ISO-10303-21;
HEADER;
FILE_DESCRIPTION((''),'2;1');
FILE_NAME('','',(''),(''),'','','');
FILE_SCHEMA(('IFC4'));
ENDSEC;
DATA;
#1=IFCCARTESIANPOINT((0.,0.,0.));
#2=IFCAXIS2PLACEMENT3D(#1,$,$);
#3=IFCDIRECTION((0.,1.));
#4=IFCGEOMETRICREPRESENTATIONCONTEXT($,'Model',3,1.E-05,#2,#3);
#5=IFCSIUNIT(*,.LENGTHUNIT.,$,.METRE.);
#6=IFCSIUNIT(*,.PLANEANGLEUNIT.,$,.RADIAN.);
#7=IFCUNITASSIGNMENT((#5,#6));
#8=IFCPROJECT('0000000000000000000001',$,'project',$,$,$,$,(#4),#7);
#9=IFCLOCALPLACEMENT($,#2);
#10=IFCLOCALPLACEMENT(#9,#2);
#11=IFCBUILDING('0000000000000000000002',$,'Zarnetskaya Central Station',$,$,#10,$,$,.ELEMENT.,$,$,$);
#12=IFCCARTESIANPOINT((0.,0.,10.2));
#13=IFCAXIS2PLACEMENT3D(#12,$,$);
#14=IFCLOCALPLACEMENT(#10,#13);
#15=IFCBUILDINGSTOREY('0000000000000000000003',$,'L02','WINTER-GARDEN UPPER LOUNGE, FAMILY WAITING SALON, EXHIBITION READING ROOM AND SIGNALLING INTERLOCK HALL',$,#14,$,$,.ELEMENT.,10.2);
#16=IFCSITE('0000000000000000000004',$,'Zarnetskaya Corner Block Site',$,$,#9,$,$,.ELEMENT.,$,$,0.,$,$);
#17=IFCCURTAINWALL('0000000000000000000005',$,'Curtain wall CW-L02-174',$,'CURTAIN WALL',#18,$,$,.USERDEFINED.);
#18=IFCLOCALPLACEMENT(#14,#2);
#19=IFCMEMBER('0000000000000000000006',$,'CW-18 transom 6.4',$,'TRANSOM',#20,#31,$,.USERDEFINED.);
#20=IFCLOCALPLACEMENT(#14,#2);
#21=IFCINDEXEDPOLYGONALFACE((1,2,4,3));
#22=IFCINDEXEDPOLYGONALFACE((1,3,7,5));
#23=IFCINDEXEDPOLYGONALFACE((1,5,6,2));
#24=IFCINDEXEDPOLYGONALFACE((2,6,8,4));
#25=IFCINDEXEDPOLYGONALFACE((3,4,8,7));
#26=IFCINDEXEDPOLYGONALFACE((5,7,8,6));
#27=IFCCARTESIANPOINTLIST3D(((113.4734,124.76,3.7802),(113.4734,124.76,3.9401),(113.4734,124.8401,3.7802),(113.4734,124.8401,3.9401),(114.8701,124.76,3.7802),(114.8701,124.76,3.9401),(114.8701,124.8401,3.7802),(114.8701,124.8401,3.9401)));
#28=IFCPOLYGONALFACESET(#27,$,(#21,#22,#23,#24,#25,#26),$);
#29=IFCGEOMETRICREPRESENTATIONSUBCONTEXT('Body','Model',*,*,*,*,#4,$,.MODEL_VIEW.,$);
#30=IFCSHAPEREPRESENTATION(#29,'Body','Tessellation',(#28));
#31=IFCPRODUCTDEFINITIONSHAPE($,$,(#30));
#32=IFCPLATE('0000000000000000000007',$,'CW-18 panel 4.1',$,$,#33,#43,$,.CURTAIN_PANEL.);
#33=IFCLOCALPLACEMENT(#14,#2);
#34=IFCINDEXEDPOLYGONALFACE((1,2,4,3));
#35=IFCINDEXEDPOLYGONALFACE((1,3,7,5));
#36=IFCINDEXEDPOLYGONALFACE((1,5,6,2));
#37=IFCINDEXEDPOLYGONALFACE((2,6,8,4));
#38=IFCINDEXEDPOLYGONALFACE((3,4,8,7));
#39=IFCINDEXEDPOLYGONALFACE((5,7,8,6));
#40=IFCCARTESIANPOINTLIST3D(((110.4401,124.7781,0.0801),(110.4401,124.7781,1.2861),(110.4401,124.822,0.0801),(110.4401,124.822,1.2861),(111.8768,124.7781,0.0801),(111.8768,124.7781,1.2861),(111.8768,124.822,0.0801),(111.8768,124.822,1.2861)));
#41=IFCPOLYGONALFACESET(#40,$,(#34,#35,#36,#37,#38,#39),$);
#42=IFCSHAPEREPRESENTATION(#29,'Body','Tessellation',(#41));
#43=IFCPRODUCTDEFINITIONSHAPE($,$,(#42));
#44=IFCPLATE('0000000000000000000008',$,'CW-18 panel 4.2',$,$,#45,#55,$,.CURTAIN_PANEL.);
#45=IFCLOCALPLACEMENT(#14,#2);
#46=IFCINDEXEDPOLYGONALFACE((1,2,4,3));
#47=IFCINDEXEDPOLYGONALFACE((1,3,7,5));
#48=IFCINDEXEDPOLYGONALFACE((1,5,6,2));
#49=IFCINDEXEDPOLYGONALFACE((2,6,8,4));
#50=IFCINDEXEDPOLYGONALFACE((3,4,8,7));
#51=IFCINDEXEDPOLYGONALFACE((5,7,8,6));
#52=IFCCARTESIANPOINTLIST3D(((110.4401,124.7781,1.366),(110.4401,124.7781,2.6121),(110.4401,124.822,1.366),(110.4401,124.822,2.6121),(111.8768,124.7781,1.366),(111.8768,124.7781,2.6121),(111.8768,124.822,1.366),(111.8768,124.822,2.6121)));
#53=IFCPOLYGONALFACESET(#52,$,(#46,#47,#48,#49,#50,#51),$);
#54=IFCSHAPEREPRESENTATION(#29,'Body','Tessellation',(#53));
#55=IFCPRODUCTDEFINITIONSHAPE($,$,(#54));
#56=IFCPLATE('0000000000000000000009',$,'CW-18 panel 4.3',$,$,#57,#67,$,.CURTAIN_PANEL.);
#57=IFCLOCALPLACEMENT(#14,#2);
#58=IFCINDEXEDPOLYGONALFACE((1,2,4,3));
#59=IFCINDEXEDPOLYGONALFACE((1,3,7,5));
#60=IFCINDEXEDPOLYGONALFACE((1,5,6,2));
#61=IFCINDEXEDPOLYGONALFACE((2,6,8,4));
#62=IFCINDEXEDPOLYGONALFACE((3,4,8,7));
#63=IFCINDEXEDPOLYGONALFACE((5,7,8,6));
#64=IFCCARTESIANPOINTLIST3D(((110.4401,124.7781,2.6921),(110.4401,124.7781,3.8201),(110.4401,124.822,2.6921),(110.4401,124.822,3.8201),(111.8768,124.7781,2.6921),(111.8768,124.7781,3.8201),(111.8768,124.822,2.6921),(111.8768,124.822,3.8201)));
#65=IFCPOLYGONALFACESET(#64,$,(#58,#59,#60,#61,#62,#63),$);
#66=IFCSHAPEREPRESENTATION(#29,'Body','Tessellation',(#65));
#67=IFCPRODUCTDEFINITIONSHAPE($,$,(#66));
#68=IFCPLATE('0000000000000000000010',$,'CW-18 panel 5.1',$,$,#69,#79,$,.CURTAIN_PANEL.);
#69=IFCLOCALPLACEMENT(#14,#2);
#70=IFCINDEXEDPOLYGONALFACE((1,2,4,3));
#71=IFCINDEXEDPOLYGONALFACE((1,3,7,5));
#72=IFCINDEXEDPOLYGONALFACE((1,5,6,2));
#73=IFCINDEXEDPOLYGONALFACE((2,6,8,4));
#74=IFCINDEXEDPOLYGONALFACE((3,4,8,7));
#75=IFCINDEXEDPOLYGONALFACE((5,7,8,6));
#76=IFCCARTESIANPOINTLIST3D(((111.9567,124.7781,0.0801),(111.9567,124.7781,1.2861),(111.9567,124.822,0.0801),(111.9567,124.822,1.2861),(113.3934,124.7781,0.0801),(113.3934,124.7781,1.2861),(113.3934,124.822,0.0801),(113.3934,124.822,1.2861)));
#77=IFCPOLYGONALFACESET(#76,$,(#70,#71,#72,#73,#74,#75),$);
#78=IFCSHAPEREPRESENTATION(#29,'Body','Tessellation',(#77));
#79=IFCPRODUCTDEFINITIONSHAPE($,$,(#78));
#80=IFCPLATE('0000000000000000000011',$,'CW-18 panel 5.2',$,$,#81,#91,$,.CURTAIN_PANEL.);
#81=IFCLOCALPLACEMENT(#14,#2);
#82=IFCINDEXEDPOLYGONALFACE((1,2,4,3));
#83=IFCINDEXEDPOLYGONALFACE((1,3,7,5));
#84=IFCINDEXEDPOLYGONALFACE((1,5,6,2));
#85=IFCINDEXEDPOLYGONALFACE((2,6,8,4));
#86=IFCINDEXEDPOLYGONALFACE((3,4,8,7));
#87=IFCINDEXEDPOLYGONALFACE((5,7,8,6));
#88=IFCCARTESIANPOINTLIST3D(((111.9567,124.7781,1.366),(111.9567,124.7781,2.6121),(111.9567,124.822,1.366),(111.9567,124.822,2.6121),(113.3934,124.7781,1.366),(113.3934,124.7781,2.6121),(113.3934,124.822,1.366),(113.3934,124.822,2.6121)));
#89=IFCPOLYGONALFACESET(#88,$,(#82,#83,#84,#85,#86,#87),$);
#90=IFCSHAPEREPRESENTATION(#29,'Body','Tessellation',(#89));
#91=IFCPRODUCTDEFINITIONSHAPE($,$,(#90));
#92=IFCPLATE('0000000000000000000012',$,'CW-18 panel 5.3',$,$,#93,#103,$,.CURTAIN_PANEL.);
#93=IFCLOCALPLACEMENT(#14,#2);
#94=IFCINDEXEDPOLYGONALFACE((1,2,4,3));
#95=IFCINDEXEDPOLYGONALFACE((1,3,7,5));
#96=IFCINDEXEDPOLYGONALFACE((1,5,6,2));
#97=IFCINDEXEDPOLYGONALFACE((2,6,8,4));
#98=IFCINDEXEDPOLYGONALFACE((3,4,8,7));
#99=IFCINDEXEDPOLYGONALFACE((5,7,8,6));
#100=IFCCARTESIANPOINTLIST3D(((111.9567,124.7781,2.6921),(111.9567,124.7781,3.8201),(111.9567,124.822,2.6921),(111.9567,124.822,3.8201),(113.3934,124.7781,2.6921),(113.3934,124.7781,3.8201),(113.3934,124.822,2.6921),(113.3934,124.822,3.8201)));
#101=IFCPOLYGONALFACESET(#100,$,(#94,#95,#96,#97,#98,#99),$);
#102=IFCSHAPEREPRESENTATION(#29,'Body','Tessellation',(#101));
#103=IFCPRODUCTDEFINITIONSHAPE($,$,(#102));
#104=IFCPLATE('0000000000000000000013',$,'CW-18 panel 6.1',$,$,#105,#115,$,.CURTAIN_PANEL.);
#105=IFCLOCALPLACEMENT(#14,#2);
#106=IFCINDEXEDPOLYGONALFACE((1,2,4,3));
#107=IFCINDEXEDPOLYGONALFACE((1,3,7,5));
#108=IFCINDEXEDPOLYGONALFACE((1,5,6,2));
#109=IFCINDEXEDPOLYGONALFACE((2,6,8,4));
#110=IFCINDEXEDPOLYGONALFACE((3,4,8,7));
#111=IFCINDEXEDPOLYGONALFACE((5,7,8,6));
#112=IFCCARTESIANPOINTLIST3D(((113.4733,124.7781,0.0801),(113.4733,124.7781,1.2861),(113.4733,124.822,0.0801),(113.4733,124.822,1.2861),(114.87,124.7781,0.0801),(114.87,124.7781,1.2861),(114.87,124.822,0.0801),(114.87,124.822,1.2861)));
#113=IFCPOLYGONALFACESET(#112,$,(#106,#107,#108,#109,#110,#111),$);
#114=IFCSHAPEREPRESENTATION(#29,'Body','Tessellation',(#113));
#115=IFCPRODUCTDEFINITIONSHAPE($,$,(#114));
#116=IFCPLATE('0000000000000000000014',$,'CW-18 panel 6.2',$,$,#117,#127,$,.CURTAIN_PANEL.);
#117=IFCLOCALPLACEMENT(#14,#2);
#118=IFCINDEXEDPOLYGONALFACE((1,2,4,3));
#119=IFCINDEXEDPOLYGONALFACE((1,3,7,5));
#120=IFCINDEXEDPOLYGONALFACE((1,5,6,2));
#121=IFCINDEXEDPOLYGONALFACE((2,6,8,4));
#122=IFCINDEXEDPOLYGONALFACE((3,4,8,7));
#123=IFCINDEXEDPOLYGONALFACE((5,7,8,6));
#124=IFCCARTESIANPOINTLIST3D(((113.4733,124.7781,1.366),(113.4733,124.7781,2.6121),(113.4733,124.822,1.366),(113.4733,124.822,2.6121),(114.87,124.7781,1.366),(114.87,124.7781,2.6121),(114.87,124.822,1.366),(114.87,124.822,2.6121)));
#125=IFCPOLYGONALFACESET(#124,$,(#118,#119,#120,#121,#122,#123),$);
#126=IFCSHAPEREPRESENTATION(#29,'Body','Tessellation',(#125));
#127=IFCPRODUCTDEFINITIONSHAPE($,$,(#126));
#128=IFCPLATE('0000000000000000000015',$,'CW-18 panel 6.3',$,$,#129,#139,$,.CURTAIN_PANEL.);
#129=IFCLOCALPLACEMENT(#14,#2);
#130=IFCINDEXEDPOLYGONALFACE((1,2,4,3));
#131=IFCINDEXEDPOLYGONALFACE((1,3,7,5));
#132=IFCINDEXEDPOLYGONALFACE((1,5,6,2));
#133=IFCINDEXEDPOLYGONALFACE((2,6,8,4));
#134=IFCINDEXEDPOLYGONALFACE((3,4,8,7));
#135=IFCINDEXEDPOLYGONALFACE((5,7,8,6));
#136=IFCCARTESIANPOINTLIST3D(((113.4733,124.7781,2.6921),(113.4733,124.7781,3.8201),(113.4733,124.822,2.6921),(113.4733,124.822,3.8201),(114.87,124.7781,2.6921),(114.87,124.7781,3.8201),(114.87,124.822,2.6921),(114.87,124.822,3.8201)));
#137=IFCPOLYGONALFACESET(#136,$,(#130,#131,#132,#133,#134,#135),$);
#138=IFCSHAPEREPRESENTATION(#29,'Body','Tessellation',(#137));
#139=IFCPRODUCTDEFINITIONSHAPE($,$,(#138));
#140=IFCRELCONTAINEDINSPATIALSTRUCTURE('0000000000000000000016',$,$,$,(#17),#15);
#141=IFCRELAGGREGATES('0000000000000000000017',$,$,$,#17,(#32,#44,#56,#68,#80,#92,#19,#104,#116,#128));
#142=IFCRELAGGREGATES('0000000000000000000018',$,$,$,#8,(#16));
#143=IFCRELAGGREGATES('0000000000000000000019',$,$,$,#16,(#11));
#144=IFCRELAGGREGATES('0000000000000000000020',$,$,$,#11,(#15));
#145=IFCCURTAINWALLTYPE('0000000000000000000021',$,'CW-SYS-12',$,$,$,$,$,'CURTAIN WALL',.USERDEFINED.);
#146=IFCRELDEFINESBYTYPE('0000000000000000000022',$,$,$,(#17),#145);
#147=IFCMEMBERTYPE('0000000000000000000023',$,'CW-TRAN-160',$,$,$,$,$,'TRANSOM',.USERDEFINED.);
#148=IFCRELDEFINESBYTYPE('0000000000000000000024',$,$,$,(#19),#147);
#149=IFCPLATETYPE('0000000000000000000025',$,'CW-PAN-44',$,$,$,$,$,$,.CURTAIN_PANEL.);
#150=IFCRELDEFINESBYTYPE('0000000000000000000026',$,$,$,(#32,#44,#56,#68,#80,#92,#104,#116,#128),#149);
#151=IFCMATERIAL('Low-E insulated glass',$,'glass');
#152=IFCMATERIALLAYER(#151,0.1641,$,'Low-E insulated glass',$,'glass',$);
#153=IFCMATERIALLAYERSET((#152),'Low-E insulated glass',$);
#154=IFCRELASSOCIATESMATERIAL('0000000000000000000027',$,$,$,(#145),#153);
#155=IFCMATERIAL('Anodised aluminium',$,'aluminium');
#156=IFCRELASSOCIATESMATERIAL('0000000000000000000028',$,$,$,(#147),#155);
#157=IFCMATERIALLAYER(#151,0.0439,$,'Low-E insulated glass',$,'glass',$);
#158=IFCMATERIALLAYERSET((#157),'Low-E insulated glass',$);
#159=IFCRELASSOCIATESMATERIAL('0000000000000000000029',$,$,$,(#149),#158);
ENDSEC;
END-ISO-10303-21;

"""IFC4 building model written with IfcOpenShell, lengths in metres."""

from ifc_helpers import new_model, si_unit, direction, frame, origin, origin_2d, place, context, subcontext, project, spatial, rectangle, extrude, material, layer, layer_set, material_profile, profile_set, type_object, element, aggregate, save


model = new_model("IFC4")

# Units and contexts
model_context = context("Model", 3, precision=1e-05, world=origin(), true_north=direction((0.0, 1.0)))
body_context = subcontext(model_context, "Body", "Model", "MODEL_VIEW")
ifc_project = project(units=[si_unit("LENGTHUNIT", "METRE"), si_unit("PLANEANGLEUNIT", "RADIAN")], contexts=[model_context])

# Site, building, storey
site_placement = place(None, origin())
site = spatial("IfcSite", under=ifc_project, at=site_placement, Name="Zarnetskaya Corner Block Site", CompositionType="ELEMENT", RefElevation=0.0)
building_placement = place(site_placement, origin())
building = spatial("IfcBuilding", under=site, at=building_placement, Name="Zarnetskaya Central Station", CompositionType="ELEMENT")
storey_placement = place(building_placement, frame((0.0, 0.0, 10.2)))
storey = spatial("IfcBuildingStorey", under=building, at=storey_placement, Name="L02", Description="WINTER-GARDEN UPPER LOUNGE, FAMILY WAITING SALON, EXHIBITION READING ROOM AND SIGNALLING INTERLOCK HALL", CompositionType="ELEMENT", Elevation=10.2)

# Curtain wall, member, plates
ifc_material_1 = material(Name="Low-E insulated glass", Category="glass")
ifc_layer_1 = layer(ifc_material_1, 0.1641, Name="Low-E insulated glass", Category="glass")
ifc_layer_set_1 = layer_set([ifc_layer_1], Name="Low-E insulated glass")
curtain_wall_type = type_object("IfcCurtainWallType", Name="CW-SYS-12", ElementType="CURTAIN WALL", PredefinedType="USERDEFINED", material=ifc_layer_set_1)
curtain_wall_placement = place(storey_placement, origin())
curtain_wall = element("IfcCurtainWall", 1, at=curtain_wall_placement, inside=storey, type_object=curtain_wall_type, Name="Curtain wall CW-L02-174", ObjectType="CURTAIN WALL", PredefinedType="USERDEFINED")
ifc_material_2 = material(Name="Anodised aluminium", Category="aluminium")
ifc_material_profile_1 = material_profile(ifc_material_2, rectangle(XDim=0.0801, YDim=0.1599, at=origin_2d()), Name="ALU TRAN 80x160")
ifc_profile_set_1 = profile_set([ifc_material_profile_1], Name="Anodised aluminium")
member_type_1 = type_object("IfcMemberType", Name="CW-TRAN-160", ElementType="TRANSOM", PredefinedType="USERDEFINED", material=ifc_profile_set_1)
member_1_placement = place(storey_placement, frame((113.4734, 124.8, 3.8601), z_axis=(1.0, 0.0, 0.0), x_axis=(0.0, 1.0, 0.0)))
member_1 = element("IfcMember", 2, at=member_1_placement, type_object=member_type_1, Name="CW-18 transom 6.4", ObjectType="TRANSOM", PredefinedType="USERDEFINED", context=body_context, shape_type="SweptSolid", body=[
    extrude(rectangle(XDim=0.0801, YDim=0.1599, at=origin_2d()), origin(), (0.0, 0.0, 1.0), 1.3967),
])
ifc_layer_2 = layer(ifc_material_1, 0.0439, Name="Low-E insulated glass", Category="glass")
ifc_layer_set_2 = layer_set([ifc_layer_2], Name="Low-E insulated glass")
plate_type = type_object("IfcPlateType", Name="CW-PAN-44", PredefinedType="CURTAIN_PANEL", material=ifc_layer_set_2)
plate_1_placement = place(storey_placement, frame((111.1584, 124.8, 0.0801), z_axis=(0.0, 0.0, 1.0), x_axis=(1.0, 0.0, 0.0)))
plate_1 = element("IfcPlate", 3, at=plate_1_placement, type_object=plate_type, Name="CW-18 panel 4.1", PredefinedType="CURTAIN_PANEL", context=body_context, shape_type="SweptSolid", body=[
    extrude(rectangle(XDim=1.4368, YDim=0.0439, at=origin_2d()), origin(), (0.0, 0.0, 1.0), 1.2061),
])
plate_2_placement = place(storey_placement, frame((111.1584, 124.8, 1.366), z_axis=(0.0, 0.0, 1.0), x_axis=(1.0, 0.0, 0.0)))
plate_2 = element("IfcPlate", 4, at=plate_2_placement, type_object=plate_type, Name="CW-18 panel 4.2", PredefinedType="CURTAIN_PANEL", context=body_context, shape_type="SweptSolid", body=[
    extrude(rectangle(XDim=1.4368, YDim=0.0439, at=origin_2d()), origin(), (0.0, 0.0, 1.0), 1.2461),
])
plate_3_placement = place(storey_placement, frame((111.1584, 124.8, 2.6921), z_axis=(0.0, 0.0, 1.0), x_axis=(1.0, 0.0, 0.0)))
plate_3 = element("IfcPlate", 5, at=plate_3_placement, type_object=plate_type, Name="CW-18 panel 4.3", PredefinedType="CURTAIN_PANEL", context=body_context, shape_type="SweptSolid", body=[
    extrude(rectangle(XDim=1.4368, YDim=0.0439, at=origin_2d()), origin(), (0.0, 0.0, 1.0), 1.1279),
])
plate_4_placement = place(storey_placement, frame((112.675, 124.8, 0.0801), z_axis=(0.0, 0.0, 1.0), x_axis=(1.0, 0.0, 0.0)))
plate_4 = element("IfcPlate", 6, at=plate_4_placement, type_object=plate_type, Name="CW-18 panel 5.1", PredefinedType="CURTAIN_PANEL", context=body_context, shape_type="SweptSolid", body=[
    extrude(rectangle(XDim=1.4368, YDim=0.0439, at=origin_2d()), origin(), (0.0, 0.0, 1.0), 1.2061),
])
plate_5_placement = place(storey_placement, frame((112.675, 124.8, 1.366), z_axis=(0.0, 0.0, 1.0), x_axis=(1.0, 0.0, 0.0)))
plate_5 = element("IfcPlate", 7, at=plate_5_placement, type_object=plate_type, Name="CW-18 panel 5.2", PredefinedType="CURTAIN_PANEL", context=body_context, shape_type="SweptSolid", body=[
    extrude(rectangle(XDim=1.4368, YDim=0.0439, at=origin_2d()), origin(), (0.0, 0.0, 1.0), 1.2461),
])
plate_6_placement = place(storey_placement, frame((112.675, 124.8, 2.6921), z_axis=(0.0, 0.0, 1.0), x_axis=(1.0, 0.0, 0.0)))
plate_6 = element("IfcPlate", 8, at=plate_6_placement, type_object=plate_type, Name="CW-18 panel 5.3", PredefinedType="CURTAIN_PANEL", context=body_context, shape_type="SweptSolid", body=[
    extrude(rectangle(XDim=1.4368, YDim=0.0439, at=origin_2d()), origin(), (0.0, 0.0, 1.0), 1.1279),
])
plate_7_placement = place(storey_placement, frame((114.1716, 124.8, 0.0801), z_axis=(0.0, 0.0, 1.0), x_axis=(1.0, 0.0, 0.0)))
plate_7 = element("IfcPlate", 9, at=plate_7_placement, type_object=plate_type, Name="CW-18 panel 6.1", PredefinedType="CURTAIN_PANEL", context=body_context, shape_type="SweptSolid", body=[
    extrude(rectangle(XDim=1.3967, YDim=0.0439, at=origin_2d()), origin(), (0.0, 0.0, 1.0), 1.2061),
])
plate_8_placement = place(storey_placement, frame((114.1716, 124.8, 1.366), z_axis=(0.0, 0.0, 1.0), x_axis=(1.0, 0.0, 0.0)))
plate_8 = element("IfcPlate", 10, at=plate_8_placement, type_object=plate_type, Name="CW-18 panel 6.2", PredefinedType="CURTAIN_PANEL", context=body_context, shape_type="SweptSolid", body=[
    extrude(rectangle(XDim=1.3967, YDim=0.0439, at=origin_2d()), origin(), (0.0, 0.0, 1.0), 1.2461),
])
plate_9_placement = place(storey_placement, frame((114.1716, 124.8, 2.6921), z_axis=(0.0, 0.0, 1.0), x_axis=(1.0, 0.0, 0.0)))
plate_9 = element("IfcPlate", 11, at=plate_9_placement, type_object=plate_type, Name="CW-18 panel 6.3", PredefinedType="CURTAIN_PANEL", context=body_context, shape_type="SweptSolid", body=[
    extrude(rectangle(XDim=1.3967, YDim=0.0439, at=origin_2d()), origin(), (0.0, 0.0, 1.0), 1.1279),
])
aggregate(curtain_wall, [plate_1, plate_2, plate_3, plate_4, plate_5, plate_6, member_1, plate_7, plate_8, plate_9])

save(model, "model.ifc")
